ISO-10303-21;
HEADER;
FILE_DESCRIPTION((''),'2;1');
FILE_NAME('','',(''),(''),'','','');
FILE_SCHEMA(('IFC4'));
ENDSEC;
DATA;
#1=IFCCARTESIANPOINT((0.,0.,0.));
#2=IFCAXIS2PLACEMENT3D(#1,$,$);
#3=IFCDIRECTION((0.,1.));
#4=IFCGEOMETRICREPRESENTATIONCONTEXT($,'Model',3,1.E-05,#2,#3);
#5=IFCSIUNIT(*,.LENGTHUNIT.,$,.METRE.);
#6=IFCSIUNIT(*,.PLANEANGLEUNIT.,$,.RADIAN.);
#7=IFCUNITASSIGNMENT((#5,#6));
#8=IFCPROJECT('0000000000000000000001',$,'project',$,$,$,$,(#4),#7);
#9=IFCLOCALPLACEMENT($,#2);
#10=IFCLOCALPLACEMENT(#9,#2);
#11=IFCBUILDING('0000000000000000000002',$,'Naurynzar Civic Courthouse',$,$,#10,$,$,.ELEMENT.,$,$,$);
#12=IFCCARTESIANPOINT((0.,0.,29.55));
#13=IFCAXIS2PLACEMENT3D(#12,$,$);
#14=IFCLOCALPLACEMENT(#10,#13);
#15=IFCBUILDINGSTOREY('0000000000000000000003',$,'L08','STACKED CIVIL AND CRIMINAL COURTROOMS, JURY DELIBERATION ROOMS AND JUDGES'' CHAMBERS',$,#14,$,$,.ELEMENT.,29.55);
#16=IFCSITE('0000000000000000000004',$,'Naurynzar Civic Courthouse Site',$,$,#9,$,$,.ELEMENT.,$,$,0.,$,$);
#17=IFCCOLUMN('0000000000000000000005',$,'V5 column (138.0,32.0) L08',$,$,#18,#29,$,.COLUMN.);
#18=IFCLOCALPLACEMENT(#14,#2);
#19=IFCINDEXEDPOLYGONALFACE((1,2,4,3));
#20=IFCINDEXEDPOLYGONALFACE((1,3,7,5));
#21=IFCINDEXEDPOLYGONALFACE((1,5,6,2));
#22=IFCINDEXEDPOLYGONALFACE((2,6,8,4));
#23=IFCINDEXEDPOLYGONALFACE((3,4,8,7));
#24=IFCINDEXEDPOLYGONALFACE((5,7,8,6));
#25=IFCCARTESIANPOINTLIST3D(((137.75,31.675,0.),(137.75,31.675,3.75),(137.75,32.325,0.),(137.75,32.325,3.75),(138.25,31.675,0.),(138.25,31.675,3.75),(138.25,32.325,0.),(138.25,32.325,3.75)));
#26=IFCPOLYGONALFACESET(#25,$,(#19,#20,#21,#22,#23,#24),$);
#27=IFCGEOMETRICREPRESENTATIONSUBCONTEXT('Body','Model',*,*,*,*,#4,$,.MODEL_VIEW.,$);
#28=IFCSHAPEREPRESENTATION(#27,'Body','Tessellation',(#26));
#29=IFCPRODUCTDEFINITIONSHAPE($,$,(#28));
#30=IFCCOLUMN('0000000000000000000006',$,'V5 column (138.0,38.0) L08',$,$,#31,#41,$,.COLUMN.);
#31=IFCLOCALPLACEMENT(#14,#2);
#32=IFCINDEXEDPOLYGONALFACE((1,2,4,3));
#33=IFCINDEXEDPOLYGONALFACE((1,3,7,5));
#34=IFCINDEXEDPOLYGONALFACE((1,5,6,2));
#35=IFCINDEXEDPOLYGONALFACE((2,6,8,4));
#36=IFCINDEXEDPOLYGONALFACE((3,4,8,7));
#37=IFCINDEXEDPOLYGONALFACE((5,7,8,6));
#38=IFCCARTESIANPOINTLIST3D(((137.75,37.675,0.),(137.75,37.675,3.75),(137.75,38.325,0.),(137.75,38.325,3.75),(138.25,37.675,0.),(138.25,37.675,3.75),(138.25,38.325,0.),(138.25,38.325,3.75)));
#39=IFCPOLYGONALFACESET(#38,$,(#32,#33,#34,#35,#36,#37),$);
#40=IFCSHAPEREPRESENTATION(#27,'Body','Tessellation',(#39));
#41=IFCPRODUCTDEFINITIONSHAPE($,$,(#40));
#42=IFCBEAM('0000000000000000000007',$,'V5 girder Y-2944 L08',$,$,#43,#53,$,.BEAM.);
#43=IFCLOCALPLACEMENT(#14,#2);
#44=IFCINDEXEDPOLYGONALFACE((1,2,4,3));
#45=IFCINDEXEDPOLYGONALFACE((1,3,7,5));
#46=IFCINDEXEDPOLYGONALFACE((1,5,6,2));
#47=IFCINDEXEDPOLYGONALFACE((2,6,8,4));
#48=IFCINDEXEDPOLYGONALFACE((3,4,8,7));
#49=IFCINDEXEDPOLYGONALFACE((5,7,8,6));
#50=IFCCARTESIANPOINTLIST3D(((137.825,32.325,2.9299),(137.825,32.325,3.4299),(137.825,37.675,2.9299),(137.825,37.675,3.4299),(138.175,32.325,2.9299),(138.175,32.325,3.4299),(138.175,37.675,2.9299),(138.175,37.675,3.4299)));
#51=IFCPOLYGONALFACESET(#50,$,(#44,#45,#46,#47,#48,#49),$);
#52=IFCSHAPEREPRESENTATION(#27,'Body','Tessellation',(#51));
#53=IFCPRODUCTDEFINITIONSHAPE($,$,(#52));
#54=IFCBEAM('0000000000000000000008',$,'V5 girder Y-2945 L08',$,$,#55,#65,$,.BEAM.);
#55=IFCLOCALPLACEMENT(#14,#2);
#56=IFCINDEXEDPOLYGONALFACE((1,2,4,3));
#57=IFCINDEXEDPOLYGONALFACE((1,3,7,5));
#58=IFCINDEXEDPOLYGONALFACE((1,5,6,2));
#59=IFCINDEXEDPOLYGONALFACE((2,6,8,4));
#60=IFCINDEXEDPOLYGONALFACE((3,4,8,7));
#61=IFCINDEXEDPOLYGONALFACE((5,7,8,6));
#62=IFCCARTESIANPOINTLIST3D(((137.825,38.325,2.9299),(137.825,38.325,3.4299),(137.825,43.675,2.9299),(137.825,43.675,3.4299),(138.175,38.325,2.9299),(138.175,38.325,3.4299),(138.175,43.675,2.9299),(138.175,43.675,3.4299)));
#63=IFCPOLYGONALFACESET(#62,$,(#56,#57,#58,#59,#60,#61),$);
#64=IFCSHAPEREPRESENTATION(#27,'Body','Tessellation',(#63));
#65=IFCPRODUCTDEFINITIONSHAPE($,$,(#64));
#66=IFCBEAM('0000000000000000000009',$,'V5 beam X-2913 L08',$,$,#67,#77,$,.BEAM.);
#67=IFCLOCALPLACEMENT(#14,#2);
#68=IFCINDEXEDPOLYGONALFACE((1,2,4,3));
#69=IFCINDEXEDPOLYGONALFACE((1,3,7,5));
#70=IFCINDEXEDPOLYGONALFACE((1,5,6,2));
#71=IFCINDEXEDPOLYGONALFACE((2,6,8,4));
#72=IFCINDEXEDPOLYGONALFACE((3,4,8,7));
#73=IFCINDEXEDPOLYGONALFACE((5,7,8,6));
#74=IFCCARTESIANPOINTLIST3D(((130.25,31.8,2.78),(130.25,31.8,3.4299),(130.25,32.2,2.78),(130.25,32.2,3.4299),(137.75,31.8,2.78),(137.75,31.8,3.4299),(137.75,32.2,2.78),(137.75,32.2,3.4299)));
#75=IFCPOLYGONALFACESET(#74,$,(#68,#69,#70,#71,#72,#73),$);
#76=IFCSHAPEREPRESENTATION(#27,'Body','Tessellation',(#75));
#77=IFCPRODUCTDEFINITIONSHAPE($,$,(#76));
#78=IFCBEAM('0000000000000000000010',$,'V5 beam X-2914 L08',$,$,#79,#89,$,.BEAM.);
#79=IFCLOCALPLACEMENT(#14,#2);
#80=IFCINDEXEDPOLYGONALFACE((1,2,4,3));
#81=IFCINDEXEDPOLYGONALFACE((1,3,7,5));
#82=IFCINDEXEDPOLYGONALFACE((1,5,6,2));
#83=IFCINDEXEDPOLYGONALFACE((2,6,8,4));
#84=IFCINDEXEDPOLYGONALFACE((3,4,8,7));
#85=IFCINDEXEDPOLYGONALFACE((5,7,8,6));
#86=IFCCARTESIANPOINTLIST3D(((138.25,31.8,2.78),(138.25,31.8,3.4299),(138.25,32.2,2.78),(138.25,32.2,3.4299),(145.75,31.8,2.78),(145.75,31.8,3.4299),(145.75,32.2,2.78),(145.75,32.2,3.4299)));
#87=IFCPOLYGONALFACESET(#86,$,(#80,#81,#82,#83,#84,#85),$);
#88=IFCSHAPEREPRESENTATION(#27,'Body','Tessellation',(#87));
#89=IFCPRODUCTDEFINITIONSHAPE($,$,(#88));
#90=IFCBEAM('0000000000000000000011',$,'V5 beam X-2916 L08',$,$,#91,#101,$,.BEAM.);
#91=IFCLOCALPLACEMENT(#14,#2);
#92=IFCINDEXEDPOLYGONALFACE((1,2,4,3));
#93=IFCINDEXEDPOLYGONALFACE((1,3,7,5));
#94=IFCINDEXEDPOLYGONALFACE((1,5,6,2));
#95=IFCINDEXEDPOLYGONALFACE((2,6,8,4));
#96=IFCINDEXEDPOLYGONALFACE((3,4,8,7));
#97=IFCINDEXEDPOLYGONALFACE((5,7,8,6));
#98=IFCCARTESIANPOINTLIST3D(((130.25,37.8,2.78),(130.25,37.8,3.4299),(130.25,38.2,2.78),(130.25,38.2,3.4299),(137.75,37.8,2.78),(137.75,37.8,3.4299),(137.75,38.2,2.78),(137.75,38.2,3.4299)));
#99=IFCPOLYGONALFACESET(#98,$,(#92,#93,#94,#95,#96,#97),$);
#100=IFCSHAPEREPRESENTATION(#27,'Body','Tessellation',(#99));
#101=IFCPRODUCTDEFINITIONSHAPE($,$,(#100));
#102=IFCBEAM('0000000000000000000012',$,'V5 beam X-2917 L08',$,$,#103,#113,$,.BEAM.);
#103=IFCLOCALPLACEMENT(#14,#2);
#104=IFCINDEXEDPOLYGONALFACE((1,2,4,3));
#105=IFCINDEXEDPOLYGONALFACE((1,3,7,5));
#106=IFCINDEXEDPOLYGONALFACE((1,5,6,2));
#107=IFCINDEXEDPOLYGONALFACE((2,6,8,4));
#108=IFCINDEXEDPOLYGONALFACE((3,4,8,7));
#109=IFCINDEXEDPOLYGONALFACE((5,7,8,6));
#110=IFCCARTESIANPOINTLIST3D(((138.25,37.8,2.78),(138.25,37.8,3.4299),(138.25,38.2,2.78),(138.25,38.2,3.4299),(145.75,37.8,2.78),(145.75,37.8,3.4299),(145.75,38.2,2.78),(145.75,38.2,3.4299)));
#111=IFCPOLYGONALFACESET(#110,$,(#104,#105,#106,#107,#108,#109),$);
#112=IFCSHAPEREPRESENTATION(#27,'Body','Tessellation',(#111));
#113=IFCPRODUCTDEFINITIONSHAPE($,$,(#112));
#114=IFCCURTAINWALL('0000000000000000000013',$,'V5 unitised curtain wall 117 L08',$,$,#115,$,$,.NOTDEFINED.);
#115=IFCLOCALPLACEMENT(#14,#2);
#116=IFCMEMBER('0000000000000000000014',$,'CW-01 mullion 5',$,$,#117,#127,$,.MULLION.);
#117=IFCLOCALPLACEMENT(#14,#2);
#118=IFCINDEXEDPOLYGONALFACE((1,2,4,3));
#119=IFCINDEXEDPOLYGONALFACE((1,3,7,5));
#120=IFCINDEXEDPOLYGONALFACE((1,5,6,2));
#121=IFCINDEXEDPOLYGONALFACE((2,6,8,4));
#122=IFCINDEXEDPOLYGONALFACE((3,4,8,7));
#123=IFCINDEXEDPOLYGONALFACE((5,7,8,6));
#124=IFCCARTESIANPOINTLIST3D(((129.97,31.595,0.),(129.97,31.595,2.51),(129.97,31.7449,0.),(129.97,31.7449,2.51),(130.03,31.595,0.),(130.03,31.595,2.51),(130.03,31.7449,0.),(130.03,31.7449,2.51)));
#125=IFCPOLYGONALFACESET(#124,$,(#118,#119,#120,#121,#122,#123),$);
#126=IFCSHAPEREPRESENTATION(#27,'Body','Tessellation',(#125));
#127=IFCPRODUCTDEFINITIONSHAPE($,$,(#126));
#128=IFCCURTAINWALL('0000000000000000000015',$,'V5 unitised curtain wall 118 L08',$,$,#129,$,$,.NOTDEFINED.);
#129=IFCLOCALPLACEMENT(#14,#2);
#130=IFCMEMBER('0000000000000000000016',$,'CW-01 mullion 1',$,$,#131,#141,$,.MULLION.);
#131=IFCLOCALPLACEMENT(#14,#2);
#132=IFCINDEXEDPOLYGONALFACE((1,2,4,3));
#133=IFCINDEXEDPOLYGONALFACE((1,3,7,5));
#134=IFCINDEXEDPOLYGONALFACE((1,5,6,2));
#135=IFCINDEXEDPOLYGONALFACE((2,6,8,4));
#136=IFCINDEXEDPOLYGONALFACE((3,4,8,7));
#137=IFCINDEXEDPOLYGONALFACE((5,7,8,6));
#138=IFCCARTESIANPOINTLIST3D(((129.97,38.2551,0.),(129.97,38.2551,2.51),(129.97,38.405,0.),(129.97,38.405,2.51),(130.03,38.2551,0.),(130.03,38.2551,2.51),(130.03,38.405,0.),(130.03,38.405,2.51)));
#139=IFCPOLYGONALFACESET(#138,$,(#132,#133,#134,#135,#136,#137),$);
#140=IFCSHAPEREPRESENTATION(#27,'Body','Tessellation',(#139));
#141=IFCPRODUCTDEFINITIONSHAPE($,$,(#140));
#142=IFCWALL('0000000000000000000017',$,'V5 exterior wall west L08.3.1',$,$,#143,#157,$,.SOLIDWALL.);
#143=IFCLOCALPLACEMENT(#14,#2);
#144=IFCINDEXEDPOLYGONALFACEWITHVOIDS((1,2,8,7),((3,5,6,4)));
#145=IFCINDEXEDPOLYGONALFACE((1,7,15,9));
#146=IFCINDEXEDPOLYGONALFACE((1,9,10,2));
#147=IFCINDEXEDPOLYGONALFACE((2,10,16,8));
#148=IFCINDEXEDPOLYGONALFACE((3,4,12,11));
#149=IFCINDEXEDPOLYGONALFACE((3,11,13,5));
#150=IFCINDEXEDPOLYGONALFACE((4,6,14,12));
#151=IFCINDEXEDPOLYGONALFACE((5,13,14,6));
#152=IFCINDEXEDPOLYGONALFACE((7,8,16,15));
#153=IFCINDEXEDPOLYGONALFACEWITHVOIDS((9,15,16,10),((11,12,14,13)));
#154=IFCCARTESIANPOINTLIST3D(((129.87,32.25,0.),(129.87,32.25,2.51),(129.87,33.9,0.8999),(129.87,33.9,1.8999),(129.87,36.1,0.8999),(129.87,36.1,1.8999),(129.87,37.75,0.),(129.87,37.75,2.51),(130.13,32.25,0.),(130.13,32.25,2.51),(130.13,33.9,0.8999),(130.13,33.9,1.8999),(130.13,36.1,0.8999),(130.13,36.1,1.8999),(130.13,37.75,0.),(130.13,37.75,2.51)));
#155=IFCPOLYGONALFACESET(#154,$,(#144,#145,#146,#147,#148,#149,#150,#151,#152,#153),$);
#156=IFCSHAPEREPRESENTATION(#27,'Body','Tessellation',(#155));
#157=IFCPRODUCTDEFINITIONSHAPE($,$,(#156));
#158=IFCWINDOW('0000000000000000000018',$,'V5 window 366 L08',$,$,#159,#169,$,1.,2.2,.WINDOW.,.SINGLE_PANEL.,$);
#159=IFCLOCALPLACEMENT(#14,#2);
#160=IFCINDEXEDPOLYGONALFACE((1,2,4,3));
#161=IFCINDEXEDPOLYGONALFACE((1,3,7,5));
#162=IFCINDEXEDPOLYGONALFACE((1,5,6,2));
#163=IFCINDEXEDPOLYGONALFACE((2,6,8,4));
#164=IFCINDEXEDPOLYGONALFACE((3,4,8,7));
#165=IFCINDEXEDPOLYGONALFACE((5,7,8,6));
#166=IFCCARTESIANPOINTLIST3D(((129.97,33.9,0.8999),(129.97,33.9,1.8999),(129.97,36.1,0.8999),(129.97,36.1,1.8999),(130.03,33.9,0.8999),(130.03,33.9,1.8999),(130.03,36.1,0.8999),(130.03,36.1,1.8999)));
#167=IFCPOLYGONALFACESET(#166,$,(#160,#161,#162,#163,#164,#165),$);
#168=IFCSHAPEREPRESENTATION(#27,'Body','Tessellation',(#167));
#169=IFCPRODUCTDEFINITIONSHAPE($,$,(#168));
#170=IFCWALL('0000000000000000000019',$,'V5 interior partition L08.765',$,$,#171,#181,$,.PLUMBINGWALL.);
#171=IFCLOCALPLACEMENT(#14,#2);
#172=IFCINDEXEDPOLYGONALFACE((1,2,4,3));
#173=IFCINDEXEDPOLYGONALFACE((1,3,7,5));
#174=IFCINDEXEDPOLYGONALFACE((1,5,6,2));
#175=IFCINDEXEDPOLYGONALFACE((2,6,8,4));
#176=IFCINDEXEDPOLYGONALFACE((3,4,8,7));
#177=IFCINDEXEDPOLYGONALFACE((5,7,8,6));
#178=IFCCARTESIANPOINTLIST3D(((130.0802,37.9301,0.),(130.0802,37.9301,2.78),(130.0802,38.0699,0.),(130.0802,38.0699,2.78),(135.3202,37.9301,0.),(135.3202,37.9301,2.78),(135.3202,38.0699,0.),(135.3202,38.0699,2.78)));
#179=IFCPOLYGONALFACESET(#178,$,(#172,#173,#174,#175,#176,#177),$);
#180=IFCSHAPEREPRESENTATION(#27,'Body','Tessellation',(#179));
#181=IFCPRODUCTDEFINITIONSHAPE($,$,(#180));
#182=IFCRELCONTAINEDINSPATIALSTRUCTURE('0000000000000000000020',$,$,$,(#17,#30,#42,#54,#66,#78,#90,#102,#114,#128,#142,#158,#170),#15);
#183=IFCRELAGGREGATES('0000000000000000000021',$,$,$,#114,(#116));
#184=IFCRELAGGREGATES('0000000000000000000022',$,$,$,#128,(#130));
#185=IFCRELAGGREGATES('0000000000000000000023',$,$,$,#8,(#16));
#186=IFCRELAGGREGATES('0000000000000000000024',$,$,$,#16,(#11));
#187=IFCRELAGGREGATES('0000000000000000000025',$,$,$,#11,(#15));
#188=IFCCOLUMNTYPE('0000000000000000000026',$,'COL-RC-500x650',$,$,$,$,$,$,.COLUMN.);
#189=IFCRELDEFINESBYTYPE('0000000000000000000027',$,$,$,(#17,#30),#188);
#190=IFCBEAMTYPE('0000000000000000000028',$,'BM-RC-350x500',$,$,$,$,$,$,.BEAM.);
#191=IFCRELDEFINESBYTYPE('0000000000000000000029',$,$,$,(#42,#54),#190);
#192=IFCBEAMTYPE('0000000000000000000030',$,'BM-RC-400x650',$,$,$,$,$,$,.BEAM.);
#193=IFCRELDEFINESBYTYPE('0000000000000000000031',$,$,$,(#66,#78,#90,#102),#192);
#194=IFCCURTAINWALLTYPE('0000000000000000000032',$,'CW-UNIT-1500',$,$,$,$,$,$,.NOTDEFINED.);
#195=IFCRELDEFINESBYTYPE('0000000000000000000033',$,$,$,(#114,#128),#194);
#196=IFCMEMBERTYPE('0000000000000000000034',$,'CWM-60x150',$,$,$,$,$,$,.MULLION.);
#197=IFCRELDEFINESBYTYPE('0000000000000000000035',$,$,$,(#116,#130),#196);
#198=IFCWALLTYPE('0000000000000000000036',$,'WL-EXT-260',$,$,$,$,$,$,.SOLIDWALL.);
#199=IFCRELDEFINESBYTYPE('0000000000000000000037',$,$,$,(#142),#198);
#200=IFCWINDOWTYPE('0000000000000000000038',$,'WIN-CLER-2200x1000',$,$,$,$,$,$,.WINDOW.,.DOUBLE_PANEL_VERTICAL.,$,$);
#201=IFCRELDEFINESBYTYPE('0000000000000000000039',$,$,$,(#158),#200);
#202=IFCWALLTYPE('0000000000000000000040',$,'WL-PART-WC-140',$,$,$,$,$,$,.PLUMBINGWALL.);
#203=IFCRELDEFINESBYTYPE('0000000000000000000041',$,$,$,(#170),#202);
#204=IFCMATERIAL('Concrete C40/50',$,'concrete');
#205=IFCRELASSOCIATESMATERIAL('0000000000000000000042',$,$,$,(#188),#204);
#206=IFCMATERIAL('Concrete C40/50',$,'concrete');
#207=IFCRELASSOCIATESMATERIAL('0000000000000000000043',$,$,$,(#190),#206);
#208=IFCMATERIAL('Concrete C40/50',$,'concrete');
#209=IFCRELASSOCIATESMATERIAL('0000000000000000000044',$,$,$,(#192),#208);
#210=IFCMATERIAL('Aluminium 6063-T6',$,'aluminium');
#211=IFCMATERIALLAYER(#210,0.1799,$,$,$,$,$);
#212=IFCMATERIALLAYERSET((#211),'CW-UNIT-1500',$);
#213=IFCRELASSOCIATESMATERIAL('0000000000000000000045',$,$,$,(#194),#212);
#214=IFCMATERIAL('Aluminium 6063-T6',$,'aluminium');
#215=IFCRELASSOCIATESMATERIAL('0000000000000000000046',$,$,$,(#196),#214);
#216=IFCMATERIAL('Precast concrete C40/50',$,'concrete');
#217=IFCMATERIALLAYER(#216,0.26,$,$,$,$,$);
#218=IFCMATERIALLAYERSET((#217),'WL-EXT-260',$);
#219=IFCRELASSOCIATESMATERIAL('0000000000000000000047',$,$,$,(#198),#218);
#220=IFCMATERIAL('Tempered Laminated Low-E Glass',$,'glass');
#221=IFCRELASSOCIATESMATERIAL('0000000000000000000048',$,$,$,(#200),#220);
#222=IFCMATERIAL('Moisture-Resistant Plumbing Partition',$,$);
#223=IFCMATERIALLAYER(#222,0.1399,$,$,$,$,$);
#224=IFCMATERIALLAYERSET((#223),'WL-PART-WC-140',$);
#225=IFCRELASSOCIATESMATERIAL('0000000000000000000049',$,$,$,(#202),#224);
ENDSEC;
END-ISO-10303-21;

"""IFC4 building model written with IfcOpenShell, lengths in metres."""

from ifc_helpers import new_model, si_unit, direction, frame, frame_2d, origin, origin_2d, place, context, subcontext, project, spatial, rectangle, extrude, material, layer, layer_set, material_profile, profile_set, type_object, element, fill, aggregate, save


model = new_model("IFC4")

# Units and contexts
model_context = context("Model", 3, precision=1e-05, world=origin(), true_north=direction((0.0, 1.0)))
body_context = subcontext(model_context, "Body", "Model", "MODEL_VIEW")
ifc_project = project(units=[si_unit("LENGTHUNIT", "METRE"), si_unit("PLANEANGLEUNIT", "RADIAN")], contexts=[model_context])

# Site, building, storey
site_placement = place(None, origin())
site = spatial("IfcSite", under=ifc_project, at=site_placement, Name="Naurynzar Civic Courthouse Site", CompositionType="ELEMENT", RefElevation=0.0)
building_placement = place(site_placement, origin())
building = spatial("IfcBuilding", under=site, at=building_placement, Name="Naurynzar Civic Courthouse", CompositionType="ELEMENT")
storey_placement = place(building_placement, frame((0.0, 0.0, 29.55)))
storey = spatial("IfcBuildingStorey", under=building, at=storey_placement, Name="L08", Description="STACKED CIVIL AND CRIMINAL COURTROOMS, JURY DELIBERATION ROOMS AND JUDGES' CHAMBERS", CompositionType="ELEMENT", Elevation=29.55)

# Columns
ifc_material_1 = material(Name="Concrete C40/50", Category="concrete")
ifc_material_profile_1 = material_profile(ifc_material_1, rectangle(XDim=0.5, YDim=0.6499, at=origin_2d()), Name="RC 500x650")
ifc_profile_set_1 = profile_set([ifc_material_profile_1], Name="Concrete C40/50")
column_type = type_object("IfcColumnType", Name="COL-RC-500x650", PredefinedType="COLUMN", material=ifc_profile_set_1)
for number, where, z_axis, x_axis, name in (
    (1, (138.0, 32.0, 0.0), (0.0, 0.0, 1.0), (1.0, 0.0, 0.0), "V5 column (138.0,32.0) L08"),
    (2, (138.0, 38.0, 0.0), (0.0, 0.0, 1.0), (1.0, 0.0, 0.0), "V5 column (138.0,38.0) L08"),
):
    element("IfcColumn", number, at=place(storey_placement, frame(where, z_axis=z_axis, x_axis=x_axis)), inside=storey, type_object=column_type, Name=name, PredefinedType="COLUMN", context=body_context, shape_type="SweptSolid", body=[
        extrude(rectangle(XDim=0.5, YDim=0.6499, at=origin_2d()), origin(), (0.0, 0.0, 1.0), 3.75),
    ])

# Beams
ifc_material_2 = material(Name="Concrete C40/50", Category="concrete")
ifc_material_profile_2 = material_profile(ifc_material_2, rectangle(XDim=0.3501, YDim=0.5, at=origin_2d()), Name="RCB 350x500")
ifc_profile_set_2 = profile_set([ifc_material_profile_2], Name="Concrete C40/50")
beam_type_1 = type_object("IfcBeamType", Name="BM-RC-350x500", PredefinedType="BEAM", material=ifc_profile_set_2)
for number, where, z_axis, x_axis, name in (
    (3, (138.0, 32.325, 3.1799), (0.0, 1.0, 0.0), (-1.0, 0.0, 0.0), "V5 girder Y-2944 L08"),
    (4, (138.0, 38.325, 3.1799), (0.0, 1.0, 0.0), (-1.0, 0.0, 0.0), "V5 girder Y-2945 L08"),
):
    element("IfcBeam", number, at=place(storey_placement, frame(where, z_axis=z_axis, x_axis=x_axis)), inside=storey, type_object=beam_type_1, Name=name, PredefinedType="BEAM", context=body_context, shape_type="SweptSolid", body=[
        extrude(rectangle(XDim=0.3501, YDim=0.5, at=origin_2d()), origin(), (0.0, 0.0, 1.0), 5.3501),
    ])
ifc_material_3 = material(Name="Concrete C40/50", Category="concrete")
ifc_material_profile_3 = material_profile(ifc_material_3, rectangle(XDim=0.3999, YDim=0.6499, at=origin_2d()), Name="RCB 400x650")
ifc_profile_set_3 = profile_set([ifc_material_profile_3], Name="Concrete C40/50")
beam_type_2 = type_object("IfcBeamType", Name="BM-RC-400x650", PredefinedType="BEAM", material=ifc_profile_set_3)
for number, where, z_axis, x_axis, name in (
    (5, (130.25, 32.0, 3.105), (1.0, 0.0, 0.0), (0.0, 1.0, 0.0), "V5 beam X-2913 L08"),
    (6, (138.25, 32.0, 3.105), (1.0, 0.0, 0.0), (0.0, 1.0, 0.0), "V5 beam X-2914 L08"),
    (7, (130.25, 38.0, 3.105), (1.0, 0.0, 0.0), (0.0, 1.0, 0.0), "V5 beam X-2916 L08"),
    (8, (138.25, 38.0, 3.105), (1.0, 0.0, 0.0), (0.0, 1.0, 0.0), "V5 beam X-2917 L08"),
):
    element("IfcBeam", number, at=place(storey_placement, frame(where, z_axis=z_axis, x_axis=x_axis)), inside=storey, type_object=beam_type_2, Name=name, PredefinedType="BEAM", context=body_context, shape_type="SweptSolid", body=[
        extrude(rectangle(XDim=0.3999, YDim=0.6499, at=origin_2d()), origin(), (0.0, 0.0, 1.0), 7.5),
    ])

# Curtain walls, members
ifc_material_4 = material(Name="Aluminium 6063-T6", Category="aluminium")
ifc_layer_1 = layer(ifc_material_4, 0.1799)
ifc_layer_set_1 = layer_set([ifc_layer_1], Name="CW-UNIT-1500")
curtain_wall_type = type_object("IfcCurtainWallType", Name="CW-UNIT-1500", PredefinedType="NOTDEFINED", material=ifc_layer_set_1)
curtain_wall_1_placement = place(storey_placement, origin())
curtain_wall_1 = element("IfcCurtainWall", 9, at=curtain_wall_1_placement, inside=storey, type_object=curtain_wall_type, Name="V5 unitised curtain wall 117 L08", PredefinedType="NOTDEFINED")
ifc_material_5 = material(Name="Aluminium 6063-T6", Category="aluminium")
ifc_material_profile_4 = material_profile(ifc_material_5, rectangle(XDim=0.0601, YDim=0.1499, at=origin_2d()), Name="ALU MULLION 60x150")
ifc_profile_set_4 = profile_set([ifc_material_profile_4], Name="Aluminium 6063-T6")
member_type = type_object("IfcMemberType", Name="CWM-60x150", PredefinedType="MULLION", material=ifc_profile_set_4)
member_1_placement = place(storey_placement, frame((130.0, 31.6699, 0.0), z_axis=(0.0, 0.0, 1.0), x_axis=(-1.0, 0.0, 0.0)))
member_1 = element("IfcMember", 10, at=member_1_placement, type_object=member_type, Name="CW-01 mullion 5", PredefinedType="MULLION", context=body_context, shape_type="SweptSolid", body=[
    extrude(rectangle(XDim=0.0601, YDim=0.1499, at=origin_2d()), origin(), (0.0, 0.0, 1.0), 2.51),
])
aggregate(curtain_wall_1, [member_1])
curtain_wall_2_placement = place(storey_placement, origin())
curtain_wall_2 = element("IfcCurtainWall", 11, at=curtain_wall_2_placement, inside=storey, type_object=curtain_wall_type, Name="V5 unitised curtain wall 118 L08", PredefinedType="NOTDEFINED")
member_2_placement = place(storey_placement, frame((130.0, 38.3301, 0.0), z_axis=(0.0, 0.0, 1.0), x_axis=(-1.0, 0.0, 0.0)))
member_2 = element("IfcMember", 12, at=member_2_placement, type_object=member_type, Name="CW-01 mullion 1", PredefinedType="MULLION", context=body_context, shape_type="SweptSolid", body=[
    extrude(rectangle(XDim=0.0601, YDim=0.1499, at=origin_2d()), origin(), (0.0, 0.0, 1.0), 2.51),
])
aggregate(curtain_wall_2, [member_2])

# Wall, opening, window
ifc_material_6 = material(Name="Precast concrete C40/50", Category="concrete")
ifc_layer_2 = layer(ifc_material_6, 0.26)
ifc_layer_set_2 = layer_set([ifc_layer_2], Name="WL-EXT-260")
wall_type_1 = type_object("IfcWallType", Name="WL-EXT-260", PredefinedType="SOLIDWALL", material=ifc_layer_set_2)
wall_1_placement = place(storey_placement, frame((130.0, 32.25, 0.0), z_axis=(0.0, 0.0, 1.0), x_axis=(0.0, 1.0, 0.0)))
wall_1 = element("IfcWall", 13, at=wall_1_placement, inside=storey, type_object=wall_type_1, Name="V5 exterior wall west L08.3.1", PredefinedType="SOLIDWALL", context=body_context, shape_type="SweptSolid", body=[
    extrude(rectangle(XDim=5.5, YDim=0.26, at=frame_2d((2.75, 0.0))), origin(), (0.0, 0.0, 1.0), 2.51),
])
opening_1_placement = place(wall_1_placement, frame((1.6499, 0.0, 0.8999)))
opening_1 = element("IfcOpeningElement", 14, at=opening_1_placement, cuts=wall_1, PredefinedType="OPENING", context=body_context, shape_type="SweptSolid", body=[
    extrude(rectangle(XDim=2.2, YDim=1.0, at=frame_2d((1.1001, 0.5))), frame((0.0, 0.1399, 0.0), z_axis=(0.0, -1.0, 0.0), x_axis=(1.0, 0.0, 0.0)), (0.0, 0.0, 1.0), 0.28),
])
ifc_material_7 = material(Name="Tempered Laminated Low-E Glass", Category="glass")
window_type = type_object("IfcWindowType", Name="WIN-CLER-2200x1000", PartitioningType="DOUBLE_PANEL_VERTICAL", PredefinedType="WINDOW", material=ifc_material_7)
window_placement = place(opening_1_placement, origin())
window = element("IfcWindow", 15, at=window_placement, inside=storey, type_object=window_type, Name="V5 window 366 L08", OverallHeight=1.0, OverallWidth=2.2, PartitioningType="SINGLE_PANEL", PredefinedType="WINDOW", context=body_context, shape_type="SweptSolid", body=[
    extrude(rectangle(XDim=2.2, YDim=1.0, at=frame_2d((1.1001, 0.5))), frame((0.0, 0.03, 0.0), z_axis=(0.0, -1.0, 0.0), x_axis=(1.0, 0.0, 0.0)), (0.0, 0.0, 1.0), 0.0601),
])
fill(opening_1, window)

# Wall
ifc_material_8 = material(Name="Moisture-Resistant Plumbing Partition")
ifc_layer_3 = layer(ifc_material_8, 0.1399)
ifc_layer_set_3 = layer_set([ifc_layer_3], Name="WL-PART-WC-140")
wall_type_2 = type_object("IfcWallType", Name="WL-PART-WC-140", PredefinedType="PLUMBINGWALL", material=ifc_layer_set_3)
wall_2_placement = place(storey_placement, frame((130.0801, 38.0, 0.0), z_axis=(0.0, 0.0, 1.0), x_axis=(1.0, 0.0, 0.0)))
element("IfcWall", 16, at=wall_2_placement, inside=storey, type_object=wall_type_2, Name="V5 interior partition L08.765", PredefinedType="PLUMBINGWALL", context=body_context, shape_type="SweptSolid", body=[
    extrude(rectangle(XDim=5.24, YDim=0.1399, at=frame_2d((2.6201, 0.0))), origin(), (0.0, 0.0, 1.0), 2.78),
])

save(model, "model.ifc")
